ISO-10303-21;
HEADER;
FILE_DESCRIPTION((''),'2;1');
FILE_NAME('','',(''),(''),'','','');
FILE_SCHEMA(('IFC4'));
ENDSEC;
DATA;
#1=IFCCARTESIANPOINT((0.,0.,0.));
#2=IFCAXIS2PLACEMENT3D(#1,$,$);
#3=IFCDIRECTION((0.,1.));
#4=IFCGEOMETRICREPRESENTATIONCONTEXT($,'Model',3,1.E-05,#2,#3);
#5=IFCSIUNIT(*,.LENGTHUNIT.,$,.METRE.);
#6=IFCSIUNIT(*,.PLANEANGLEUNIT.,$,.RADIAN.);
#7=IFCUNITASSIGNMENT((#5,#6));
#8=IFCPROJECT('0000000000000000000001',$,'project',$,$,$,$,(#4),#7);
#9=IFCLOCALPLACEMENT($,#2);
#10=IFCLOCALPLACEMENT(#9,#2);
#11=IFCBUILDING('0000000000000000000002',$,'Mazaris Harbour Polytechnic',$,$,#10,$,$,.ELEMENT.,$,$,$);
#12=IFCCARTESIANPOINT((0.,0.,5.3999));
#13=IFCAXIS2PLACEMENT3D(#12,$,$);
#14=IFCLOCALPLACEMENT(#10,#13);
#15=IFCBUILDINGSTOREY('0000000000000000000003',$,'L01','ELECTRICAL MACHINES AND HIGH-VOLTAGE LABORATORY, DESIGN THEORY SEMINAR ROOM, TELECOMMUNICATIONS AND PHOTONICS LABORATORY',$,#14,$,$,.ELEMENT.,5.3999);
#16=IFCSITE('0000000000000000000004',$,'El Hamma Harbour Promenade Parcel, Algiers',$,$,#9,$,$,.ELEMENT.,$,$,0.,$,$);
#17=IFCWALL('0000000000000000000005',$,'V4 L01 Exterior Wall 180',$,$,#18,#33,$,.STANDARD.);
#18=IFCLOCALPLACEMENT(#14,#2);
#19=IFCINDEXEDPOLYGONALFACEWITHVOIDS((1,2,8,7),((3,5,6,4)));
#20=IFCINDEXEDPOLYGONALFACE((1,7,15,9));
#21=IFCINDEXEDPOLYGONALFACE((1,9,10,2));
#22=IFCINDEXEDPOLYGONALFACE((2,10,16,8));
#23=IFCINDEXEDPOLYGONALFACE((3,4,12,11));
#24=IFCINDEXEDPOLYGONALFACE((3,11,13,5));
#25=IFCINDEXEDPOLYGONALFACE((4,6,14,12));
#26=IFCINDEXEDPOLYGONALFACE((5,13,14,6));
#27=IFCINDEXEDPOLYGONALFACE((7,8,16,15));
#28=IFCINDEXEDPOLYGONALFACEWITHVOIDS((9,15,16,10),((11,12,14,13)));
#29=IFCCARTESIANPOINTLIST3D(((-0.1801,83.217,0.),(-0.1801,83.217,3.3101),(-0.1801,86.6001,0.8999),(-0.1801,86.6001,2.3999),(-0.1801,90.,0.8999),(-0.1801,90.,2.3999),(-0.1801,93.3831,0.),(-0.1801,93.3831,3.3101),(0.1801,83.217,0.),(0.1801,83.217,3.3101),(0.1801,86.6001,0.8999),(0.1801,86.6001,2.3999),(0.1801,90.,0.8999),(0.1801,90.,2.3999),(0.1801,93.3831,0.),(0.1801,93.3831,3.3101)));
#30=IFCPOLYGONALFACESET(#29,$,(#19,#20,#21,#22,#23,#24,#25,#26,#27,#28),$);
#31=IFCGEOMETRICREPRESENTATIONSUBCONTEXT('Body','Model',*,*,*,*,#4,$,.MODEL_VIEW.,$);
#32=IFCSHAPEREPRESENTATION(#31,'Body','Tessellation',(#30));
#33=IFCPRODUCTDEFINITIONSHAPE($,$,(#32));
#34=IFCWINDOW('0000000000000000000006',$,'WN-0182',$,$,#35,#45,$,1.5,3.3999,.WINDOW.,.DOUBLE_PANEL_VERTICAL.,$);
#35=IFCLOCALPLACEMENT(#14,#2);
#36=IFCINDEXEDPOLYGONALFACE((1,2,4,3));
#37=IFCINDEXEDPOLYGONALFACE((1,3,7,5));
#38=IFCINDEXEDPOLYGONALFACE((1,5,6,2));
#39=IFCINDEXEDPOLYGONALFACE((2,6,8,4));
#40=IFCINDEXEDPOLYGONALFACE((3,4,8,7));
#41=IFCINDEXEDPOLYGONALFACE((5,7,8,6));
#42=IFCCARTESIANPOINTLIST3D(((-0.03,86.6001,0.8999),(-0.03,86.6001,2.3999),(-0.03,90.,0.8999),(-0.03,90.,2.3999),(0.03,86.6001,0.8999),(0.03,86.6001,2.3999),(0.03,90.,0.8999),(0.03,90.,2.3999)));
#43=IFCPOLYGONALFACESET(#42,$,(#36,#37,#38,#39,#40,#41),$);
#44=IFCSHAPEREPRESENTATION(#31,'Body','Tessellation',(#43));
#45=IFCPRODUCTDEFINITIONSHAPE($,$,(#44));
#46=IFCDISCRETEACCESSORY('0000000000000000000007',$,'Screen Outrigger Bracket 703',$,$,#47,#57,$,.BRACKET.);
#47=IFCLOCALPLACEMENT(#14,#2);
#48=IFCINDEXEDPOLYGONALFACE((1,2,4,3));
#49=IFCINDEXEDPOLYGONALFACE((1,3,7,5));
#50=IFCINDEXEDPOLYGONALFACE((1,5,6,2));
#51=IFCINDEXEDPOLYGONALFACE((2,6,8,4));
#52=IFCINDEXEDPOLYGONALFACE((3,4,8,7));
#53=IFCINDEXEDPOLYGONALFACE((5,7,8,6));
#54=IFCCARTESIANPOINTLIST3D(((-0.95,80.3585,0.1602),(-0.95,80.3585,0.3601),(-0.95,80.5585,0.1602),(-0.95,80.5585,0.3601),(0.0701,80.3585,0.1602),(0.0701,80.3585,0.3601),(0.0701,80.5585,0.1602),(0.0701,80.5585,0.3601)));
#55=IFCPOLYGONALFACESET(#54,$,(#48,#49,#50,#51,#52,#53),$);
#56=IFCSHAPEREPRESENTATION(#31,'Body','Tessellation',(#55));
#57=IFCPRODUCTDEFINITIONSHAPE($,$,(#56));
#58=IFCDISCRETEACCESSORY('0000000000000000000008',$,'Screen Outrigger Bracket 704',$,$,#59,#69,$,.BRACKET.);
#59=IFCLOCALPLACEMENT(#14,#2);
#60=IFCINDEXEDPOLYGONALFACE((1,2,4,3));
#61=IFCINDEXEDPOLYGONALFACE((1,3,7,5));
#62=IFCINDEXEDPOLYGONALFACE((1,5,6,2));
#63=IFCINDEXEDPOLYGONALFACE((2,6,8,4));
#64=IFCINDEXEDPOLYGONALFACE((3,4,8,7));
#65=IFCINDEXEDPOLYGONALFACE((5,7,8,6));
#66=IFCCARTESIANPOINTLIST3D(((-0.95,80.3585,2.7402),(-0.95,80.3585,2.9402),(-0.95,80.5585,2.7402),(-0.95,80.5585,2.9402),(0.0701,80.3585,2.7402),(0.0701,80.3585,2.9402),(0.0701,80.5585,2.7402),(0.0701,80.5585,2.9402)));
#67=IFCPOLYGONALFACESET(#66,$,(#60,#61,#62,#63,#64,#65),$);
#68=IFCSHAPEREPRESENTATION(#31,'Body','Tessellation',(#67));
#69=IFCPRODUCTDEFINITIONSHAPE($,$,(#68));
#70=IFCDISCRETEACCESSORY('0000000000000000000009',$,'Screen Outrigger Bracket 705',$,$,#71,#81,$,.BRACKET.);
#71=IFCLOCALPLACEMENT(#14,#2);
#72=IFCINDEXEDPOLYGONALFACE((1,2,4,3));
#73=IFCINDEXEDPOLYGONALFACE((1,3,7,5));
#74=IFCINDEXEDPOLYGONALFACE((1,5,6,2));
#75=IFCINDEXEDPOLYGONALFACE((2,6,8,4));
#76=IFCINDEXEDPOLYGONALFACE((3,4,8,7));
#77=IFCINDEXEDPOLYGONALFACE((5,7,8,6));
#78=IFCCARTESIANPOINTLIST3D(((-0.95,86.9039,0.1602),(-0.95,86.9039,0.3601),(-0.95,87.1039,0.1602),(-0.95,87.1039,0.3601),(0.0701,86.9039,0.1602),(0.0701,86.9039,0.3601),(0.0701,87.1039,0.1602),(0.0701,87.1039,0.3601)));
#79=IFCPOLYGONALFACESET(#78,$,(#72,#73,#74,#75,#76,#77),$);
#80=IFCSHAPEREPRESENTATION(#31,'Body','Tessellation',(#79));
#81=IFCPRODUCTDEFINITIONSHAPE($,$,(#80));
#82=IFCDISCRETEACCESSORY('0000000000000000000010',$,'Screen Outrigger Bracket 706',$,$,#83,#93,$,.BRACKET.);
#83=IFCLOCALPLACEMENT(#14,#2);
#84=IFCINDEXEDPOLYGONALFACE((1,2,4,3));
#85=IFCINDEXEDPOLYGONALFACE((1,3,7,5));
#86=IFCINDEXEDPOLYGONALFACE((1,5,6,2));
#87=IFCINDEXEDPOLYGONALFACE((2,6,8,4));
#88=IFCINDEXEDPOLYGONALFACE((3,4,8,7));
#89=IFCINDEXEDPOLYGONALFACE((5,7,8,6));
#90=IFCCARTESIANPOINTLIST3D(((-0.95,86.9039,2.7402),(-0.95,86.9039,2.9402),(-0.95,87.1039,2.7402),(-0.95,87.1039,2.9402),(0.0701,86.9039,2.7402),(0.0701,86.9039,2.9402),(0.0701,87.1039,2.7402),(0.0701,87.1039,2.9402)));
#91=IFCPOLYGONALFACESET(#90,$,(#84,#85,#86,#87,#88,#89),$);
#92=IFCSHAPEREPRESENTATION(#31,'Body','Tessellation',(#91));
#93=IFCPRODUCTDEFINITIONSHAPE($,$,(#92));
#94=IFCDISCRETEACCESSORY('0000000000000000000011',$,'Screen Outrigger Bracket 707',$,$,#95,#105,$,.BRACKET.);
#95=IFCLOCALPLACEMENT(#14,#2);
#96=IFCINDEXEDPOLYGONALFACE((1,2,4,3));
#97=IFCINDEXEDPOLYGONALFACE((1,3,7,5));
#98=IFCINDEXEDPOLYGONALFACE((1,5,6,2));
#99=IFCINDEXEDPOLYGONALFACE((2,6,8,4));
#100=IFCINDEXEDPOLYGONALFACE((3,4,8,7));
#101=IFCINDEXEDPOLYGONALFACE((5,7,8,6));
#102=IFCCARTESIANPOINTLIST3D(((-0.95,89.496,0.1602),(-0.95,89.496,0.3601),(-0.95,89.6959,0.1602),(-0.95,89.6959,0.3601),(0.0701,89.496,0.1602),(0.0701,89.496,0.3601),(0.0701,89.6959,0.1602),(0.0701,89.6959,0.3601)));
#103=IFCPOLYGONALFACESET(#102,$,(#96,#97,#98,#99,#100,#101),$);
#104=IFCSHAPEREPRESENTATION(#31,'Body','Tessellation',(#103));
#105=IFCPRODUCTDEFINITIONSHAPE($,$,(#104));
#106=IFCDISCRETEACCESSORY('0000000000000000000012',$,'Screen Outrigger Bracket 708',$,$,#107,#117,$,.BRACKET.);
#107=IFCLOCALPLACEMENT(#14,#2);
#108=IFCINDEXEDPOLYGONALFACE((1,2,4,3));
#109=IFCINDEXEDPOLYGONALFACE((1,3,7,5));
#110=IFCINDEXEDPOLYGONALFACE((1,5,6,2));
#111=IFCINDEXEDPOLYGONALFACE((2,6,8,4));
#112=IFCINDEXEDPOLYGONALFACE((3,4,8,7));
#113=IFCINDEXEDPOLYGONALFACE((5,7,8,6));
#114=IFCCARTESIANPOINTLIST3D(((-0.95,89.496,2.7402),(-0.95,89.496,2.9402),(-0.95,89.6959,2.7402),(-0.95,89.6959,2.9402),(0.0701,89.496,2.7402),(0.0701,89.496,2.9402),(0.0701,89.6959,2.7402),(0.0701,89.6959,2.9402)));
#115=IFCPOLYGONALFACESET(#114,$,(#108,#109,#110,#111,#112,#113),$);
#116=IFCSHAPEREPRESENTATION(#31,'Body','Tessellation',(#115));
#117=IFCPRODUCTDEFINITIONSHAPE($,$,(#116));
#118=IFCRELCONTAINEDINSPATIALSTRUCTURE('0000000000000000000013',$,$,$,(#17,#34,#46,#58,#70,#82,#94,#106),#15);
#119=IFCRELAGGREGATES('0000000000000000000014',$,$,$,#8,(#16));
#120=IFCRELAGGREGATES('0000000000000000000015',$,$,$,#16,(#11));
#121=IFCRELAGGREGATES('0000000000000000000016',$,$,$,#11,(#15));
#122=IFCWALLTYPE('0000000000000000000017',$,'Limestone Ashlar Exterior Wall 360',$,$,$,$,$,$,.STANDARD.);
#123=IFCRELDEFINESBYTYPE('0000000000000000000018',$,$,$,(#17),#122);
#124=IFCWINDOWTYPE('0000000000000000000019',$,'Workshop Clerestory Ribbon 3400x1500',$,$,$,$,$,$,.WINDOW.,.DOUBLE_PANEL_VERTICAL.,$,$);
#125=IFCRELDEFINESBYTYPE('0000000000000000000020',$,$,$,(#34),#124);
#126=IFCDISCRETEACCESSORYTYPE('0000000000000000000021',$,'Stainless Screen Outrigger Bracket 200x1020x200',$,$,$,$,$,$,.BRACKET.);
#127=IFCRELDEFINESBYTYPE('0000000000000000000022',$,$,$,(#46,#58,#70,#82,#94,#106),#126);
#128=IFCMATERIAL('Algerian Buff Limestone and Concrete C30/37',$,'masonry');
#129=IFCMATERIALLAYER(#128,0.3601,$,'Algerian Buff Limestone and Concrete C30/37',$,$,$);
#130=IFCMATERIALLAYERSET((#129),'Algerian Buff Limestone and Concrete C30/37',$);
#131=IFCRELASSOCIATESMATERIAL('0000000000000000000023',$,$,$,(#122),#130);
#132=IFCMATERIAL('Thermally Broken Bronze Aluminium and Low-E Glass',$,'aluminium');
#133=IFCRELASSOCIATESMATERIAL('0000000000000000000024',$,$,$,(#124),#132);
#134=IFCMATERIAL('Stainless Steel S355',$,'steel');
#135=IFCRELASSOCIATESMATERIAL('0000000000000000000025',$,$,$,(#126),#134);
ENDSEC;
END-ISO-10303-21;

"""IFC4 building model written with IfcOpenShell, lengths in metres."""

from ifc_helpers import new_model, si_unit, direction, frame, frame_2d, origin, origin_2d, place, context, subcontext, project, spatial, rectangle, extrude, material, layer, layer_set, type_object, element, fill, save


model = new_model("IFC4")

# Units and contexts
model_context = context("Model", 3, precision=1e-05, world=origin(), true_north=direction((0.0, 1.0)))
body_context = subcontext(model_context, "Body", "Model", "MODEL_VIEW")
ifc_project = project(units=[si_unit("LENGTHUNIT", "METRE"), si_unit("PLANEANGLEUNIT", "RADIAN")], contexts=[model_context])

# Site, building, storey
site_placement = place(None, origin())
site = spatial("IfcSite", under=ifc_project, at=site_placement, Name="El Hamma Harbour Promenade Parcel, Algiers", CompositionType="ELEMENT", RefElevation=0.0)
building_placement = place(site_placement, origin())
building = spatial("IfcBuilding", under=site, at=building_placement, Name="Mazaris Harbour Polytechnic", CompositionType="ELEMENT")
storey_placement = place(building_placement, frame((0.0, 0.0, 5.3999)))
storey = spatial("IfcBuildingStorey", under=building, at=storey_placement, Name="L01", Description="ELECTRICAL MACHINES AND HIGH-VOLTAGE LABORATORY, DESIGN THEORY SEMINAR ROOM, TELECOMMUNICATIONS AND PHOTONICS LABORATORY", CompositionType="ELEMENT", Elevation=5.3999)

# Wall, opening, window
ifc_material_1 = material(Name="Algerian Buff Limestone and Concrete C30/37", Category="masonry")
ifc_layer_1 = layer(ifc_material_1, 0.3601, Name="Algerian Buff Limestone and Concrete C30/37")
ifc_layer_set_1 = layer_set([ifc_layer_1], Name="Algerian Buff Limestone and Concrete C30/37")
wall_type_1 = type_object("IfcWallType", Name="Limestone Ashlar Exterior Wall 360", PredefinedType="STANDARD", material=ifc_layer_set_1)
wall_1_placement = place(storey_placement, frame((0.0, 83.217, 0.0), z_axis=(0.0, 0.0, 1.0), x_axis=(0.0, 1.0, 0.0)))
wall_1 = element("IfcWall", 1, at=wall_1_placement, inside=storey, type_object=wall_type_1, Name="V4 L01 Exterior Wall 180", PredefinedType="STANDARD", context=body_context, shape_type="SweptSolid", body=[
    extrude(rectangle(XDim=10.166, YDim=0.3601, at=frame_2d((5.083, 0.0))), origin(), (0.0, 0.0, 1.0), 3.3101),
])
opening_placement = place(wall_1_placement, frame((3.3831, 0.0, 0.8999)))
opening = element("IfcOpeningElement", 2, at=opening_placement, cuts=wall_1, PredefinedType="OPENING", context=body_context, shape_type="SweptSolid", body=[
    extrude(rectangle(XDim=3.3999, YDim=1.5, at=frame_2d((1.7, 0.75))), frame((0.0, 0.1899, 0.0), z_axis=(0.0, -1.0, 0.0), x_axis=(1.0, 0.0, 0.0)), (0.0, 0.0, 1.0), 0.3801),
])
ifc_material_2 = material(Name="Thermally Broken Bronze Aluminium and Low-E Glass", Category="aluminium")
window_type = type_object("IfcWindowType", Name="Workshop Clerestory Ribbon 3400x1500", PartitioningType="DOUBLE_PANEL_VERTICAL", PredefinedType="WINDOW", material=ifc_material_2)
window_placement = place(opening_placement, origin())
window = element("IfcWindow", 3, at=window_placement, inside=storey, type_object=window_type, Name="WN-0182", OverallHeight=1.5, OverallWidth=3.3999, PartitioningType="DOUBLE_PANEL_VERTICAL", PredefinedType="WINDOW", context=body_context, shape_type="SweptSolid", body=[
    extrude(rectangle(XDim=3.3999, YDim=1.5, at=frame_2d((1.7, 0.75))), frame((0.0, 0.03, 0.0), z_axis=(0.0, -1.0, 0.0), x_axis=(1.0, 0.0, 0.0)), (0.0, 0.0, 1.0), 0.0601),
])
fill(opening, window)

# Discrete accessories
ifc_material_3 = material(Name="Stainless Steel S355", Category="steel")
discrete_accessory_type = type_object("IfcDiscreteAccessoryType", Name="Stainless Screen Outrigger Bracket 200x1020x200", PredefinedType="BRACKET", material=ifc_material_3)
for number, where, z_axis, x_axis, name in (
    (4, (-0.4399, 80.4585, 0.1602), (0.0, 0.0, 1.0), (0.0, 1.0, 0.0), "Screen Outrigger Bracket 703"),
    (5, (-0.4399, 80.4585, 2.7402), (0.0, 0.0, 1.0), (0.0, 1.0, 0.0), "Screen Outrigger Bracket 704"),
    (6, (-0.4399, 87.0039, 0.1602), (0.0, 0.0, 1.0), (0.0, 1.0, 0.0), "Screen Outrigger Bracket 705"),
    (7, (-0.4399, 87.0039, 2.7402), (0.0, 0.0, 1.0), (0.0, 1.0, 0.0), "Screen Outrigger Bracket 706"),
    (8, (-0.4399, 89.5959, 0.1602), (0.0, 0.0, 1.0), (0.0, 1.0, 0.0), "Screen Outrigger Bracket 707"),
    (9, (-0.4399, 89.5959, 2.7402), (0.0, 0.0, 1.0), (0.0, 1.0, 0.0), "Screen Outrigger Bracket 708"),
):
    element("IfcDiscreteAccessory", number, at=place(storey_placement, frame(where, z_axis=z_axis, x_axis=x_axis)), inside=storey, type_object=discrete_accessory_type, Name=name, PredefinedType="BRACKET", context=body_context, shape_type="SweptSolid", body=[
        extrude(rectangle(XDim=0.2, YDim=1.02, at=origin_2d()), origin(), (0.0, 0.0, 1.0), 0.2),
    ])

save(model, "model.ifc")
